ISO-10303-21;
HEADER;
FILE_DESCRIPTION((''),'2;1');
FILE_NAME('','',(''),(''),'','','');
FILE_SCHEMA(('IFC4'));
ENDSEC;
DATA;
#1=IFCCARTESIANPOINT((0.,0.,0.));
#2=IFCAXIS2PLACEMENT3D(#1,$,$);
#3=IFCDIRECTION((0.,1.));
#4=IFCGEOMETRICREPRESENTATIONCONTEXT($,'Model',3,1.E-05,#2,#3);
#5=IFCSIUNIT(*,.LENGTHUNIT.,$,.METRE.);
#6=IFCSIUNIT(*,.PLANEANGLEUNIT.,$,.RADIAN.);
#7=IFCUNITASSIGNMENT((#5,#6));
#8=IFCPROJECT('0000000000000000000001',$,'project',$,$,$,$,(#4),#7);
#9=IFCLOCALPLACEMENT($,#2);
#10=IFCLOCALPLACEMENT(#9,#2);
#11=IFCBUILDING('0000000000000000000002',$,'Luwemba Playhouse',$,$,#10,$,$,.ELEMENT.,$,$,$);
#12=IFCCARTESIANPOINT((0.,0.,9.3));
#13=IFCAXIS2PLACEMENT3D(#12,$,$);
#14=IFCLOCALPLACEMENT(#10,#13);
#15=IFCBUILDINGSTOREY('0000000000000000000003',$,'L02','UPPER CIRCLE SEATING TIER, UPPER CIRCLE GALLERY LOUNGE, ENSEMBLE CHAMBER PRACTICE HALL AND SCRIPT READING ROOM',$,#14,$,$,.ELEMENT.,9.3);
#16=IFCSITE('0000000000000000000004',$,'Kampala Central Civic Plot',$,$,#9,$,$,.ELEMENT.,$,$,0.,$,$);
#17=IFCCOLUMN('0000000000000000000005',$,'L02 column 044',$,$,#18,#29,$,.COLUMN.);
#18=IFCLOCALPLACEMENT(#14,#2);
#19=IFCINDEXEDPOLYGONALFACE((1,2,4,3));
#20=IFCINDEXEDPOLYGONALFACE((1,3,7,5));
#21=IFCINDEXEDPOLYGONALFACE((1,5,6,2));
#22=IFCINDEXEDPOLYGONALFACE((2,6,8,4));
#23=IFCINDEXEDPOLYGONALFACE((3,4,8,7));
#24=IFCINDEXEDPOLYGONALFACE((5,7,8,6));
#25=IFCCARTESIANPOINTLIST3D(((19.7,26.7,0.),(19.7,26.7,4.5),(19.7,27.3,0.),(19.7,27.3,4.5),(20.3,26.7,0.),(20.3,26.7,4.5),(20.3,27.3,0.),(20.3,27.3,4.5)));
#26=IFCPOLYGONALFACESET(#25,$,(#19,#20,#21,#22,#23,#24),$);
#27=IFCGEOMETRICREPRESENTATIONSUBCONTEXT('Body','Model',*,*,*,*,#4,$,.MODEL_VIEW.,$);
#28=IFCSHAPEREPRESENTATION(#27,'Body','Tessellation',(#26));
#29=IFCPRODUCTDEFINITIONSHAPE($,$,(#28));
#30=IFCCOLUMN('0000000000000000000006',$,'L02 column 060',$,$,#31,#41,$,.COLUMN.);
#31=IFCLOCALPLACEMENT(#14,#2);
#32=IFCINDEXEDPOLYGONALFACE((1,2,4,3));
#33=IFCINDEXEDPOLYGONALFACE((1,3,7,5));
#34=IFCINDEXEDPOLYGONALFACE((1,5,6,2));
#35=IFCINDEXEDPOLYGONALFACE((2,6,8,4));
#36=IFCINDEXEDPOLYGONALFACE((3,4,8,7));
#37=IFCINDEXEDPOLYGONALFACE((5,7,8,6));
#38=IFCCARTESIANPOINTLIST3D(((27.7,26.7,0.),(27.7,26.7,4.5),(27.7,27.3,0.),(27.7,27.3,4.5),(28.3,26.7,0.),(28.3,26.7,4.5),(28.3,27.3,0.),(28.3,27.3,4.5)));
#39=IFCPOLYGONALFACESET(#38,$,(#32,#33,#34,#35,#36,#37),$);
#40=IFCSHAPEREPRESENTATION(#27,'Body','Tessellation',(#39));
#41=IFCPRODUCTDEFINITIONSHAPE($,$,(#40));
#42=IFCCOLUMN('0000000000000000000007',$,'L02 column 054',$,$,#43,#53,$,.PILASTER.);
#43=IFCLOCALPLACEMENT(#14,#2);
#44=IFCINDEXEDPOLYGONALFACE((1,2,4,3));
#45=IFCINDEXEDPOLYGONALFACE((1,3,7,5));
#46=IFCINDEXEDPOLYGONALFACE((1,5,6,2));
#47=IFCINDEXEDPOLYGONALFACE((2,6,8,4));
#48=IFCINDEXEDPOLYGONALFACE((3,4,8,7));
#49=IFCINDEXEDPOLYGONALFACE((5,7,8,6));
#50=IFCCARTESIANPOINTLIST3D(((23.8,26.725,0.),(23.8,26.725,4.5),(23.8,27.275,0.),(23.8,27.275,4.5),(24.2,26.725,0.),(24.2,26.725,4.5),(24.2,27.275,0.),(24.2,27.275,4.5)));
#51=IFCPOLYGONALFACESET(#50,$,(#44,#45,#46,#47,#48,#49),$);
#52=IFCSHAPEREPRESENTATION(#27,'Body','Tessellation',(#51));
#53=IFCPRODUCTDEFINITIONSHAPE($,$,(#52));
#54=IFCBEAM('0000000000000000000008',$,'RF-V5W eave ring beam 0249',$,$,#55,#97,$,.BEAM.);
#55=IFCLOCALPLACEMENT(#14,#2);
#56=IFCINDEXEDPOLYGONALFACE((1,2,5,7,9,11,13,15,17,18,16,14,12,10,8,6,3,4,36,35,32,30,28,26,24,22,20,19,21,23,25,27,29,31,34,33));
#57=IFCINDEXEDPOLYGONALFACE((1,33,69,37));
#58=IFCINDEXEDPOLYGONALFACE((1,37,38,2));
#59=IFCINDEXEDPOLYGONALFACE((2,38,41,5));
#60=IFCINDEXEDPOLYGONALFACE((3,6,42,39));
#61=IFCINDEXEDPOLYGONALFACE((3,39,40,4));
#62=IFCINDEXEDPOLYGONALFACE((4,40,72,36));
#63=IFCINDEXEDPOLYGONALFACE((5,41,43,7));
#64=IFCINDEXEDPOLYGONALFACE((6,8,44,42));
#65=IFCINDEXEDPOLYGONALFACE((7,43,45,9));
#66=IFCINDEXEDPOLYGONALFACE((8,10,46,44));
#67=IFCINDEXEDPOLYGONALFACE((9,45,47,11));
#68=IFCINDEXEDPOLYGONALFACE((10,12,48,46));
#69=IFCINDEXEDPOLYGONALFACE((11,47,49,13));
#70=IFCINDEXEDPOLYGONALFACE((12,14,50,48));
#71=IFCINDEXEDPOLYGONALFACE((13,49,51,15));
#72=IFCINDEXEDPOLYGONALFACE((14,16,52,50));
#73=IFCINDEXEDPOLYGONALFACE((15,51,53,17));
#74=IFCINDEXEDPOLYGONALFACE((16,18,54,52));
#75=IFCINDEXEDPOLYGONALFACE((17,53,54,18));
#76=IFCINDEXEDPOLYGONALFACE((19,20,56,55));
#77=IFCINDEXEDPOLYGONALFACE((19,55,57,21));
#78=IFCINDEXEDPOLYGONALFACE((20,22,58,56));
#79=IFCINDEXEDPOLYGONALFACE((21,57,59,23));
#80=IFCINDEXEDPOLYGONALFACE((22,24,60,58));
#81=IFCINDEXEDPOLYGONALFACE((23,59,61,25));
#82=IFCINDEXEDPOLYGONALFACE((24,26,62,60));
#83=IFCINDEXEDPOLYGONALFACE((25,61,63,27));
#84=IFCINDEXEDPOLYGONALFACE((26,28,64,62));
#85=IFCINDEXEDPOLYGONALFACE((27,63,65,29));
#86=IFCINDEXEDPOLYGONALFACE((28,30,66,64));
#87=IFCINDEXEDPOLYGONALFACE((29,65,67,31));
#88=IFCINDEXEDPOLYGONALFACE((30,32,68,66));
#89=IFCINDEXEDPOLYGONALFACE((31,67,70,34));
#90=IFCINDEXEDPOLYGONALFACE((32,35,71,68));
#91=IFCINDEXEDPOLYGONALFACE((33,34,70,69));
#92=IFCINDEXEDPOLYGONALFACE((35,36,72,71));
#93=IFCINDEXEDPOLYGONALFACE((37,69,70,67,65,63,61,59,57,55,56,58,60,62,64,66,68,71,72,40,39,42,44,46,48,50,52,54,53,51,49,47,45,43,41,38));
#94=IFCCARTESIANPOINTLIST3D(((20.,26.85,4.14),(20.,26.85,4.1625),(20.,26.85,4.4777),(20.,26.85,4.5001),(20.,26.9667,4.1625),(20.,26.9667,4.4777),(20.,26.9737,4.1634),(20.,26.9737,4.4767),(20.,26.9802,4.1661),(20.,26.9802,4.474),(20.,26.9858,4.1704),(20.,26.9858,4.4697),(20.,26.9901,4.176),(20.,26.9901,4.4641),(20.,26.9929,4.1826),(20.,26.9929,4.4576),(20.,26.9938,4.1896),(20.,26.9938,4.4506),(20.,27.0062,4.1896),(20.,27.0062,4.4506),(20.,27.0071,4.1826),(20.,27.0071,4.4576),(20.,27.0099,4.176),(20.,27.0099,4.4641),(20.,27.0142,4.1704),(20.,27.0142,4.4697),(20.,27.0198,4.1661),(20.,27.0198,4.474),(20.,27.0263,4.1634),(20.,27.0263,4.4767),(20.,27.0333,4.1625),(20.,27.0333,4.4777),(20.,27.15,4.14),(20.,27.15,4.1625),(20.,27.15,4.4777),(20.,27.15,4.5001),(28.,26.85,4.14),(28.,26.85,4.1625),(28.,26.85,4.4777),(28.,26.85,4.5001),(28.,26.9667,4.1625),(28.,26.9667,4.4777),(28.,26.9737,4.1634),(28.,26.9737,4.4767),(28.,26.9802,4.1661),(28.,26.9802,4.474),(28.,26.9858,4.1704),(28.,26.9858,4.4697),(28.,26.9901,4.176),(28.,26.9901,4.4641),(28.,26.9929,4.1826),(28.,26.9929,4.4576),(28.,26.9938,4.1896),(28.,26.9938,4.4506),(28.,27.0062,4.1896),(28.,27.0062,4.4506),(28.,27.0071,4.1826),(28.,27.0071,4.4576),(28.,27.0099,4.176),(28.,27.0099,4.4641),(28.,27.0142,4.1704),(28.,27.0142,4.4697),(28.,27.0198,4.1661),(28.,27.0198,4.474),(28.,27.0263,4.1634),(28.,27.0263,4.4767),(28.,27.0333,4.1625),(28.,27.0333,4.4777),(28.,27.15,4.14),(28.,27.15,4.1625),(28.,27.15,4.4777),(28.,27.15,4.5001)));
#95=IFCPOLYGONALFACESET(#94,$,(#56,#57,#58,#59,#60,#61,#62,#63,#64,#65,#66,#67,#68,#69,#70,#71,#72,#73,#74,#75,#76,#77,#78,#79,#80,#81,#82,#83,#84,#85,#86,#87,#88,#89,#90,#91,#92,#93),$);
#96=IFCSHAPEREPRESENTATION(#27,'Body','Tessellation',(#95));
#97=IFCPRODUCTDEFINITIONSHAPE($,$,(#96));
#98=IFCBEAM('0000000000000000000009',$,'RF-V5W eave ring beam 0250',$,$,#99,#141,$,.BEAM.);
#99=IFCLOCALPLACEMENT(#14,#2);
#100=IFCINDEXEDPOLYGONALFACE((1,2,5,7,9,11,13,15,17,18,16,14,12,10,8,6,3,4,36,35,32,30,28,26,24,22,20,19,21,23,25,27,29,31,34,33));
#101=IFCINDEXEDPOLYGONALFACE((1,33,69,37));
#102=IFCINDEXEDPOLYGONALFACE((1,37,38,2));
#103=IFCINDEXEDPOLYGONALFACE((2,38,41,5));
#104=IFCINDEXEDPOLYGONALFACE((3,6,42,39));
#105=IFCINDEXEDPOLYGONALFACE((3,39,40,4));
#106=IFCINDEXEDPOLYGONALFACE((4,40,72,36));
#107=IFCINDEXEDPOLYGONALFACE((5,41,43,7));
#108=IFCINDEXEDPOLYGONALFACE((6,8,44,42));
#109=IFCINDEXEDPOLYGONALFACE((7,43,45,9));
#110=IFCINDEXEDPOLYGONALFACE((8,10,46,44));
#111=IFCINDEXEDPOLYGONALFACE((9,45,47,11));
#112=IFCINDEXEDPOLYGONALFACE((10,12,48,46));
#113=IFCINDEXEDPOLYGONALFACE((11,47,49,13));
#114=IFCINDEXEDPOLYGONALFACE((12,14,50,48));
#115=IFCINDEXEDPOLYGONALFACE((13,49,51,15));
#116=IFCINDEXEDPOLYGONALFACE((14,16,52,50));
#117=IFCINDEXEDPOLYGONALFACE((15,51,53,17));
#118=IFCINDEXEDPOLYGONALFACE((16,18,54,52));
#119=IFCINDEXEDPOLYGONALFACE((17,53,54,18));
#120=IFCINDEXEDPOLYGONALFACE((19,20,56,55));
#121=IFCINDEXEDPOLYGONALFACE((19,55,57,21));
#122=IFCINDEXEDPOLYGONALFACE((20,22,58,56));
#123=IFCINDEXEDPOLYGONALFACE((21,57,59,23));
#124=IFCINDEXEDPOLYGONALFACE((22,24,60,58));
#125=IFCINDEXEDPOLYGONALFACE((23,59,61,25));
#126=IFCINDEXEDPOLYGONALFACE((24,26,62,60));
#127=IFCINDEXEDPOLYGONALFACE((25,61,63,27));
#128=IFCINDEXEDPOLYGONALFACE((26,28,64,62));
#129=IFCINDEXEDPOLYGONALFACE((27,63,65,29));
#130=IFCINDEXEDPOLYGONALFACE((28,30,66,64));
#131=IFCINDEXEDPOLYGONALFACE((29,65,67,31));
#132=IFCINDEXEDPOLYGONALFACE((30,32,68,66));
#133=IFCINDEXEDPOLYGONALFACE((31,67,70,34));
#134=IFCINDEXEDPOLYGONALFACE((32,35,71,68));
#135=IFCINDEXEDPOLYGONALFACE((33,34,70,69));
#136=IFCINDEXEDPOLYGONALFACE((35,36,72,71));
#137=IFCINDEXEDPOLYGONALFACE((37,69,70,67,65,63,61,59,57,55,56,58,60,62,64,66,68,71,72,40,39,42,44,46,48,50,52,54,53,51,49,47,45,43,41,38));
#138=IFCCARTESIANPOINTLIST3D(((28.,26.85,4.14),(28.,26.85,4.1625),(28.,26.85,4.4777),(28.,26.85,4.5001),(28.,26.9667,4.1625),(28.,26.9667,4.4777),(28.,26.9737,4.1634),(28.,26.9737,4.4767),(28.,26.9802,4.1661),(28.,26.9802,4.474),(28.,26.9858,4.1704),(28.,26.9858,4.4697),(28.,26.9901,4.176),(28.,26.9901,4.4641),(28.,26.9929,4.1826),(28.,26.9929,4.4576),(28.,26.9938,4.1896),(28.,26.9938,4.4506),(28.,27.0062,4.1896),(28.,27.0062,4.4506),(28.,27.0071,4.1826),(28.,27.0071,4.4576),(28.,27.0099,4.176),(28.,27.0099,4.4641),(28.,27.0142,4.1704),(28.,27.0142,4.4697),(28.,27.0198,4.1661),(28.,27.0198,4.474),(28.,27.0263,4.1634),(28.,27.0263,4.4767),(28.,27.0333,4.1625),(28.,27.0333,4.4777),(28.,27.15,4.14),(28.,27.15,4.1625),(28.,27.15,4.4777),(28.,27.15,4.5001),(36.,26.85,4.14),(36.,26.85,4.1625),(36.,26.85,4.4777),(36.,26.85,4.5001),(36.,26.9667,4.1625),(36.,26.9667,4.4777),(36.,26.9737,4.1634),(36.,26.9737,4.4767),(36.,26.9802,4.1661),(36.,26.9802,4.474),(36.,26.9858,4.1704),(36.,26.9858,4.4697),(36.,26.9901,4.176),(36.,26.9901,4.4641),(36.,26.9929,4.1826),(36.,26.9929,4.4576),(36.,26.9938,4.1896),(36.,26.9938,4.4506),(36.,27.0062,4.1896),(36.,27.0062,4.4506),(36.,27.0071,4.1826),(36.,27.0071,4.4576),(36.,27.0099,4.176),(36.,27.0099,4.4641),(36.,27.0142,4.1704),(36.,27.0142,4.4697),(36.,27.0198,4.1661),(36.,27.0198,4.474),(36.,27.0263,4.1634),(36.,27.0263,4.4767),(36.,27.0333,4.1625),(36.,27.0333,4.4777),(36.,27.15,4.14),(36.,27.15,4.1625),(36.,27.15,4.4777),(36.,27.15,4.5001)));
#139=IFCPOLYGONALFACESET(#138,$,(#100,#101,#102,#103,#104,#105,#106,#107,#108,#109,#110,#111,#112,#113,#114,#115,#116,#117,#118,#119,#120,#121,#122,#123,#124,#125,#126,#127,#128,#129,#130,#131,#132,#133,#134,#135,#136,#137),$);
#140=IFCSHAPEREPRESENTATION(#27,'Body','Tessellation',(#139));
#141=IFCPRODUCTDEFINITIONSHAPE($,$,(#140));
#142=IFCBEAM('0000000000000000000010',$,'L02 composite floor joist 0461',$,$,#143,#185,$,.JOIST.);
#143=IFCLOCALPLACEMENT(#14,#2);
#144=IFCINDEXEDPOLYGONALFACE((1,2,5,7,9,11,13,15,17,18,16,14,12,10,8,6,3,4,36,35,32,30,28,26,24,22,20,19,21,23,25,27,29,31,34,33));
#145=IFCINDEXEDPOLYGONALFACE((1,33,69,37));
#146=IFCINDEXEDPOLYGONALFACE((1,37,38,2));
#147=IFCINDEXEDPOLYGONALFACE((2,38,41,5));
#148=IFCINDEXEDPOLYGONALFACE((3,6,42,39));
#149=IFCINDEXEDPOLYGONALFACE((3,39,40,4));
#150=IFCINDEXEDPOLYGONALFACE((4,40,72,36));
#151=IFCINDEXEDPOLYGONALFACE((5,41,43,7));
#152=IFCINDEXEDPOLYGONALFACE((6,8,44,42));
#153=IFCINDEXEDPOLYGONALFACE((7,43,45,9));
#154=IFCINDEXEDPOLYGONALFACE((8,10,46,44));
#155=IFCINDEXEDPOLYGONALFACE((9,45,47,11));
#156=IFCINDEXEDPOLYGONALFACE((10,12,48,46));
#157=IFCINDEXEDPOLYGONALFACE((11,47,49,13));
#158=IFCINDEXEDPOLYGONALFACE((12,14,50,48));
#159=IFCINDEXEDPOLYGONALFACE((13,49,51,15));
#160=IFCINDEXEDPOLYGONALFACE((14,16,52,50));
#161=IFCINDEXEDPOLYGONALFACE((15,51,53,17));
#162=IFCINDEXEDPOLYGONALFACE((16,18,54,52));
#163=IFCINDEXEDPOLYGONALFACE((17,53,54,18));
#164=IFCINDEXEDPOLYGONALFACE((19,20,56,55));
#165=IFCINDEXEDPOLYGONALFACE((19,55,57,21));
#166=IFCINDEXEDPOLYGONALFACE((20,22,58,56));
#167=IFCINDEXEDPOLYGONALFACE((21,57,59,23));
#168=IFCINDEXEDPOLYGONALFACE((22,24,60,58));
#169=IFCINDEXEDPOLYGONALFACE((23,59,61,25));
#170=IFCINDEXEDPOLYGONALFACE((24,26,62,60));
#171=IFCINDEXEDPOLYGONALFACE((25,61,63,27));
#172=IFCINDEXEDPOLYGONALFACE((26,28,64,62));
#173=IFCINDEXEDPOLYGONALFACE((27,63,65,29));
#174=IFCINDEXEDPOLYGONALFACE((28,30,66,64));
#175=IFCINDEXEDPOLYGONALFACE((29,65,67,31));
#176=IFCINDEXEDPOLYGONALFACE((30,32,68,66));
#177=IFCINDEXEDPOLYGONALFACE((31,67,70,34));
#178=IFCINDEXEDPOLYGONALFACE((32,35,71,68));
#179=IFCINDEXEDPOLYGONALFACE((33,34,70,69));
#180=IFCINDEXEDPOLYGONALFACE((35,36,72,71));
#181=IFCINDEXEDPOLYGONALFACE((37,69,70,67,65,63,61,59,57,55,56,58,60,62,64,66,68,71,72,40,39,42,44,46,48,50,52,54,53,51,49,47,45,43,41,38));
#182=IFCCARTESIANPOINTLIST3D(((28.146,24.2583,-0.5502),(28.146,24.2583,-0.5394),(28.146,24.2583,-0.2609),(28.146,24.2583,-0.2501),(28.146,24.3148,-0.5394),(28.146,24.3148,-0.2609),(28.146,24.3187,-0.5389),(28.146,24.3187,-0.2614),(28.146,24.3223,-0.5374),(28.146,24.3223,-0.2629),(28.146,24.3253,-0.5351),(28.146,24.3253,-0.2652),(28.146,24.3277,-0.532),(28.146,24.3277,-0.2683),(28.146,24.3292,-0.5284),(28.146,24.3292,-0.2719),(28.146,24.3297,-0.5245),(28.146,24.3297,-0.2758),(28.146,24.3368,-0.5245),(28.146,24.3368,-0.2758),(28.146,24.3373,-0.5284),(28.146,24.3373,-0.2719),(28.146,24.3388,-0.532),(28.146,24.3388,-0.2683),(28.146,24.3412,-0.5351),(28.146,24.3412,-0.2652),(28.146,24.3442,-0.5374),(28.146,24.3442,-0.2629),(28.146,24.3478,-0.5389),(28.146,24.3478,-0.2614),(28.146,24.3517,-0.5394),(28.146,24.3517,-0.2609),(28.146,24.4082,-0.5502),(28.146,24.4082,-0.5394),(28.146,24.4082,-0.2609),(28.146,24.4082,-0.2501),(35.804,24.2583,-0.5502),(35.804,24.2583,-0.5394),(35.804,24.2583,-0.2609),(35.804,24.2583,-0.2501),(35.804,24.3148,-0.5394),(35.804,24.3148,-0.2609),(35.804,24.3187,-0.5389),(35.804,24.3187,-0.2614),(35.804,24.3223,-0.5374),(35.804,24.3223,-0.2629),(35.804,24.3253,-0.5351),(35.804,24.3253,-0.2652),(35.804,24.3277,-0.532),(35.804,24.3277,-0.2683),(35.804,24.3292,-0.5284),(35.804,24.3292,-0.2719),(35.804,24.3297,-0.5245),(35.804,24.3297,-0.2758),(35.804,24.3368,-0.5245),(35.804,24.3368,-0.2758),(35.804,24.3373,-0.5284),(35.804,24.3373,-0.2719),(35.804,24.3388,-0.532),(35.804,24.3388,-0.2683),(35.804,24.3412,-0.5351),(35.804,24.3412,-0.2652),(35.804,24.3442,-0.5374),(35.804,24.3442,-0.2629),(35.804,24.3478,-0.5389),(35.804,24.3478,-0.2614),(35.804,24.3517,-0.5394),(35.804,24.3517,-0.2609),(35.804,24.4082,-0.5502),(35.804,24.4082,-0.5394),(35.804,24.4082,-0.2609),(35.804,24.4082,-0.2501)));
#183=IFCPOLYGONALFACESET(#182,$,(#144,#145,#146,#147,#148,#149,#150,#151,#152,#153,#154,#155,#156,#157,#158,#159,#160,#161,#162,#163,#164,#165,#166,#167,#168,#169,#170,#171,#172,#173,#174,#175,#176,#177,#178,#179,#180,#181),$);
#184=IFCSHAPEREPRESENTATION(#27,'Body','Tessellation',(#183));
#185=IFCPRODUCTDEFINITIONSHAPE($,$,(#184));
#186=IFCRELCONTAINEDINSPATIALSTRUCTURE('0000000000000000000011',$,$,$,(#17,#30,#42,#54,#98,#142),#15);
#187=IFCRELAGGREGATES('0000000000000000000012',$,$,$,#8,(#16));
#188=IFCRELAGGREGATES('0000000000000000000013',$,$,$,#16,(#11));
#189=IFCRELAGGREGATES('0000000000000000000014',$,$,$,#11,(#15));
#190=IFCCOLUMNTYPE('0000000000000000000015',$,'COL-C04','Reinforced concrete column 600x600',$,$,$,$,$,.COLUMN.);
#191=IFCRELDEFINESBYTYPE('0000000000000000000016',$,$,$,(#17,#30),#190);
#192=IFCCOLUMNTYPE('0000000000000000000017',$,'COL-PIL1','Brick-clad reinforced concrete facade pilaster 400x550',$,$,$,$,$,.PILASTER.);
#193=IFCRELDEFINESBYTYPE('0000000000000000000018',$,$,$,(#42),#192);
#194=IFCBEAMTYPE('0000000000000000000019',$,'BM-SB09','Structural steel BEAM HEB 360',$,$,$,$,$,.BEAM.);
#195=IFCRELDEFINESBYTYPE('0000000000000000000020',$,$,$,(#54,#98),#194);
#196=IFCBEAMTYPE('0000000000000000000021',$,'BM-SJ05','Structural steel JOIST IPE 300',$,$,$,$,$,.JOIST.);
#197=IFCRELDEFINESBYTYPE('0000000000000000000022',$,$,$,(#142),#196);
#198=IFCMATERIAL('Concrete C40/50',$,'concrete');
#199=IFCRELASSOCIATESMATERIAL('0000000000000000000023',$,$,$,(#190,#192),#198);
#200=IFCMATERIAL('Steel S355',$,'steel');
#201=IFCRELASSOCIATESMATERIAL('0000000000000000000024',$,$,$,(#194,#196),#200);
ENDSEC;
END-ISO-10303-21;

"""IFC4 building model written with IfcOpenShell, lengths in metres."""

from ifc_helpers import new_model, si_unit, direction, frame, origin, origin_2d, place, context, subcontext, project, spatial, rectangle, i_section, extrude, material, material_profile, profile_set, type_object, element, save


model = new_model("IFC4")

# Units and contexts
model_context = context("Model", 3, precision=1e-05, world=origin(), true_north=direction((0.0, 1.0)))
body_context = subcontext(model_context, "Body", "Model", "MODEL_VIEW")
ifc_project = project(units=[si_unit("LENGTHUNIT", "METRE"), si_unit("PLANEANGLEUNIT", "RADIAN")], contexts=[model_context])

# Site, building, storey
site_placement = place(None, origin())
site = spatial("IfcSite", under=ifc_project, at=site_placement, Name="Kampala Central Civic Plot", CompositionType="ELEMENT", RefElevation=0.0)
building_placement = place(site_placement, origin())
building = spatial("IfcBuilding", under=site, at=building_placement, Name="Luwemba Playhouse", CompositionType="ELEMENT")
storey_placement = place(building_placement, frame((0.0, 0.0, 9.3)))
storey = spatial("IfcBuildingStorey", under=building, at=storey_placement, Name="L02", Description="UPPER CIRCLE SEATING TIER, UPPER CIRCLE GALLERY LOUNGE, ENSEMBLE CHAMBER PRACTICE HALL AND SCRIPT READING ROOM", CompositionType="ELEMENT", Elevation=9.3)

# Columns
ifc_material_1 = material(Name="Concrete C40/50", Category="concrete")
ifc_material_profile_1 = material_profile(ifc_material_1, rectangle(XDim=0.6001, YDim=0.6001, at=origin_2d()))
ifc_profile_set_1 = profile_set([ifc_material_profile_1], Name="Concrete C40/50")
column_type_1 = type_object("IfcColumnType", Name="COL-C04", Description="Reinforced concrete column 600x600", PredefinedType="COLUMN", material=ifc_profile_set_1)
for number, where, z_axis, x_axis, name in (
    (1, (20.0, 27.0, 0.0), (0.0, 0.0, 1.0), (1.0, 0.0, 0.0), "L02 column 044"),
    (2, (28.0, 27.0, 0.0), (0.0, 0.0, 1.0), (1.0, 0.0, 0.0), "L02 column 060"),
):
    element("IfcColumn", number, at=place(storey_placement, frame(where, z_axis=z_axis, x_axis=x_axis)), inside=storey, type_object=column_type_1, Name=name, PredefinedType="COLUMN", context=body_context, shape_type="SweptSolid", body=[
        extrude(rectangle(XDim=0.6001, YDim=0.6001, at=origin_2d()), origin(), (0.0, 0.0, 1.0), 4.5),
    ])
ifc_material_profile_2 = material_profile(ifc_material_1, rectangle(XDim=0.3999, YDim=0.55, at=origin_2d()))
ifc_profile_set_2 = profile_set([ifc_material_profile_2], Name="Concrete C40/50")
column_type_2 = type_object("IfcColumnType", Name="COL-PIL1", Description="Brick-clad reinforced concrete facade pilaster 400x550", PredefinedType="PILASTER", material=ifc_profile_set_2)
column_placement = place(storey_placement, frame((24.0, 27.0, 0.0), z_axis=(0.0, 0.0, 1.0), x_axis=(1.0, 0.0, 0.0)))
element("IfcColumn", 3, at=column_placement, inside=storey, type_object=column_type_2, Name="L02 column 054", PredefinedType="PILASTER", context=body_context, shape_type="SweptSolid", body=[
    extrude(rectangle(XDim=0.3999, YDim=0.55, at=origin_2d()), origin(), (0.0, 0.0, 1.0), 4.5),
])

# Beams
ifc_material_2 = material(Name="Steel S355", Category="steel")
ifc_material_profile_3 = material_profile(ifc_material_2, i_section(OverallWidth=0.3, OverallDepth=0.3601, WebThickness=0.0125, FlangeThickness=0.0225, FilletRadius=0.0271, at=origin_2d()))
ifc_profile_set_3 = profile_set([ifc_material_profile_3], Name="Steel S355")
beam_type_1 = type_object("IfcBeamType", Name="BM-SB09", Description="Structural steel BEAM HEB 360", PredefinedType="BEAM", material=ifc_profile_set_3)
for number, where, z_axis, x_axis, name in (
    (4, (20.0, 27.0, 4.3201), (1.0, 0.0, 0.0), (0.0, 1.0, 0.0), "RF-V5W eave ring beam 0249"),
    (5, (28.0, 27.0, 4.3201), (1.0, 0.0, 0.0), (0.0, 1.0, 0.0), "RF-V5W eave ring beam 0250"),
):
    element("IfcBeam", number, at=place(storey_placement, frame(where, z_axis=z_axis, x_axis=x_axis)), inside=storey, type_object=beam_type_1, Name=name, PredefinedType="BEAM", context=body_context, shape_type="SweptSolid", body=[
        extrude(i_section(OverallWidth=0.3, OverallDepth=0.3601, WebThickness=0.0125, FlangeThickness=0.0225, FilletRadius=0.0271, at=origin_2d()), origin(), (0.0, 0.0, 1.0), 8.0),
    ])
ifc_material_profile_4 = material_profile(ifc_material_2, i_section(OverallWidth=0.1499, OverallDepth=0.3, WebThickness=0.0071, FlangeThickness=0.0107, FilletRadius=0.0149, at=origin_2d()))
ifc_profile_set_4 = profile_set([ifc_material_profile_4], Name="Steel S355")
beam_type_2 = type_object("IfcBeamType", Name="BM-SJ05", Description="Structural steel JOIST IPE 300", PredefinedType="JOIST", material=ifc_profile_set_4)
beam_1_placement = place(storey_placement, frame((28.146, 24.3333, -0.4001), z_axis=(1.0, 0.0, 0.0), x_axis=(0.0, 1.0, 0.0)))
element("IfcBeam", 6, at=beam_1_placement, inside=storey, type_object=beam_type_2, Name="L02 composite floor joist 0461", PredefinedType="JOIST", context=body_context, shape_type="SweptSolid", body=[
    extrude(i_section(OverallWidth=0.1499, OverallDepth=0.3, WebThickness=0.0071, FlangeThickness=0.0107, FilletRadius=0.0149, at=origin_2d()), origin(), (0.0, 0.0, 1.0), 7.658),
])

save(model, "model.ifc")
